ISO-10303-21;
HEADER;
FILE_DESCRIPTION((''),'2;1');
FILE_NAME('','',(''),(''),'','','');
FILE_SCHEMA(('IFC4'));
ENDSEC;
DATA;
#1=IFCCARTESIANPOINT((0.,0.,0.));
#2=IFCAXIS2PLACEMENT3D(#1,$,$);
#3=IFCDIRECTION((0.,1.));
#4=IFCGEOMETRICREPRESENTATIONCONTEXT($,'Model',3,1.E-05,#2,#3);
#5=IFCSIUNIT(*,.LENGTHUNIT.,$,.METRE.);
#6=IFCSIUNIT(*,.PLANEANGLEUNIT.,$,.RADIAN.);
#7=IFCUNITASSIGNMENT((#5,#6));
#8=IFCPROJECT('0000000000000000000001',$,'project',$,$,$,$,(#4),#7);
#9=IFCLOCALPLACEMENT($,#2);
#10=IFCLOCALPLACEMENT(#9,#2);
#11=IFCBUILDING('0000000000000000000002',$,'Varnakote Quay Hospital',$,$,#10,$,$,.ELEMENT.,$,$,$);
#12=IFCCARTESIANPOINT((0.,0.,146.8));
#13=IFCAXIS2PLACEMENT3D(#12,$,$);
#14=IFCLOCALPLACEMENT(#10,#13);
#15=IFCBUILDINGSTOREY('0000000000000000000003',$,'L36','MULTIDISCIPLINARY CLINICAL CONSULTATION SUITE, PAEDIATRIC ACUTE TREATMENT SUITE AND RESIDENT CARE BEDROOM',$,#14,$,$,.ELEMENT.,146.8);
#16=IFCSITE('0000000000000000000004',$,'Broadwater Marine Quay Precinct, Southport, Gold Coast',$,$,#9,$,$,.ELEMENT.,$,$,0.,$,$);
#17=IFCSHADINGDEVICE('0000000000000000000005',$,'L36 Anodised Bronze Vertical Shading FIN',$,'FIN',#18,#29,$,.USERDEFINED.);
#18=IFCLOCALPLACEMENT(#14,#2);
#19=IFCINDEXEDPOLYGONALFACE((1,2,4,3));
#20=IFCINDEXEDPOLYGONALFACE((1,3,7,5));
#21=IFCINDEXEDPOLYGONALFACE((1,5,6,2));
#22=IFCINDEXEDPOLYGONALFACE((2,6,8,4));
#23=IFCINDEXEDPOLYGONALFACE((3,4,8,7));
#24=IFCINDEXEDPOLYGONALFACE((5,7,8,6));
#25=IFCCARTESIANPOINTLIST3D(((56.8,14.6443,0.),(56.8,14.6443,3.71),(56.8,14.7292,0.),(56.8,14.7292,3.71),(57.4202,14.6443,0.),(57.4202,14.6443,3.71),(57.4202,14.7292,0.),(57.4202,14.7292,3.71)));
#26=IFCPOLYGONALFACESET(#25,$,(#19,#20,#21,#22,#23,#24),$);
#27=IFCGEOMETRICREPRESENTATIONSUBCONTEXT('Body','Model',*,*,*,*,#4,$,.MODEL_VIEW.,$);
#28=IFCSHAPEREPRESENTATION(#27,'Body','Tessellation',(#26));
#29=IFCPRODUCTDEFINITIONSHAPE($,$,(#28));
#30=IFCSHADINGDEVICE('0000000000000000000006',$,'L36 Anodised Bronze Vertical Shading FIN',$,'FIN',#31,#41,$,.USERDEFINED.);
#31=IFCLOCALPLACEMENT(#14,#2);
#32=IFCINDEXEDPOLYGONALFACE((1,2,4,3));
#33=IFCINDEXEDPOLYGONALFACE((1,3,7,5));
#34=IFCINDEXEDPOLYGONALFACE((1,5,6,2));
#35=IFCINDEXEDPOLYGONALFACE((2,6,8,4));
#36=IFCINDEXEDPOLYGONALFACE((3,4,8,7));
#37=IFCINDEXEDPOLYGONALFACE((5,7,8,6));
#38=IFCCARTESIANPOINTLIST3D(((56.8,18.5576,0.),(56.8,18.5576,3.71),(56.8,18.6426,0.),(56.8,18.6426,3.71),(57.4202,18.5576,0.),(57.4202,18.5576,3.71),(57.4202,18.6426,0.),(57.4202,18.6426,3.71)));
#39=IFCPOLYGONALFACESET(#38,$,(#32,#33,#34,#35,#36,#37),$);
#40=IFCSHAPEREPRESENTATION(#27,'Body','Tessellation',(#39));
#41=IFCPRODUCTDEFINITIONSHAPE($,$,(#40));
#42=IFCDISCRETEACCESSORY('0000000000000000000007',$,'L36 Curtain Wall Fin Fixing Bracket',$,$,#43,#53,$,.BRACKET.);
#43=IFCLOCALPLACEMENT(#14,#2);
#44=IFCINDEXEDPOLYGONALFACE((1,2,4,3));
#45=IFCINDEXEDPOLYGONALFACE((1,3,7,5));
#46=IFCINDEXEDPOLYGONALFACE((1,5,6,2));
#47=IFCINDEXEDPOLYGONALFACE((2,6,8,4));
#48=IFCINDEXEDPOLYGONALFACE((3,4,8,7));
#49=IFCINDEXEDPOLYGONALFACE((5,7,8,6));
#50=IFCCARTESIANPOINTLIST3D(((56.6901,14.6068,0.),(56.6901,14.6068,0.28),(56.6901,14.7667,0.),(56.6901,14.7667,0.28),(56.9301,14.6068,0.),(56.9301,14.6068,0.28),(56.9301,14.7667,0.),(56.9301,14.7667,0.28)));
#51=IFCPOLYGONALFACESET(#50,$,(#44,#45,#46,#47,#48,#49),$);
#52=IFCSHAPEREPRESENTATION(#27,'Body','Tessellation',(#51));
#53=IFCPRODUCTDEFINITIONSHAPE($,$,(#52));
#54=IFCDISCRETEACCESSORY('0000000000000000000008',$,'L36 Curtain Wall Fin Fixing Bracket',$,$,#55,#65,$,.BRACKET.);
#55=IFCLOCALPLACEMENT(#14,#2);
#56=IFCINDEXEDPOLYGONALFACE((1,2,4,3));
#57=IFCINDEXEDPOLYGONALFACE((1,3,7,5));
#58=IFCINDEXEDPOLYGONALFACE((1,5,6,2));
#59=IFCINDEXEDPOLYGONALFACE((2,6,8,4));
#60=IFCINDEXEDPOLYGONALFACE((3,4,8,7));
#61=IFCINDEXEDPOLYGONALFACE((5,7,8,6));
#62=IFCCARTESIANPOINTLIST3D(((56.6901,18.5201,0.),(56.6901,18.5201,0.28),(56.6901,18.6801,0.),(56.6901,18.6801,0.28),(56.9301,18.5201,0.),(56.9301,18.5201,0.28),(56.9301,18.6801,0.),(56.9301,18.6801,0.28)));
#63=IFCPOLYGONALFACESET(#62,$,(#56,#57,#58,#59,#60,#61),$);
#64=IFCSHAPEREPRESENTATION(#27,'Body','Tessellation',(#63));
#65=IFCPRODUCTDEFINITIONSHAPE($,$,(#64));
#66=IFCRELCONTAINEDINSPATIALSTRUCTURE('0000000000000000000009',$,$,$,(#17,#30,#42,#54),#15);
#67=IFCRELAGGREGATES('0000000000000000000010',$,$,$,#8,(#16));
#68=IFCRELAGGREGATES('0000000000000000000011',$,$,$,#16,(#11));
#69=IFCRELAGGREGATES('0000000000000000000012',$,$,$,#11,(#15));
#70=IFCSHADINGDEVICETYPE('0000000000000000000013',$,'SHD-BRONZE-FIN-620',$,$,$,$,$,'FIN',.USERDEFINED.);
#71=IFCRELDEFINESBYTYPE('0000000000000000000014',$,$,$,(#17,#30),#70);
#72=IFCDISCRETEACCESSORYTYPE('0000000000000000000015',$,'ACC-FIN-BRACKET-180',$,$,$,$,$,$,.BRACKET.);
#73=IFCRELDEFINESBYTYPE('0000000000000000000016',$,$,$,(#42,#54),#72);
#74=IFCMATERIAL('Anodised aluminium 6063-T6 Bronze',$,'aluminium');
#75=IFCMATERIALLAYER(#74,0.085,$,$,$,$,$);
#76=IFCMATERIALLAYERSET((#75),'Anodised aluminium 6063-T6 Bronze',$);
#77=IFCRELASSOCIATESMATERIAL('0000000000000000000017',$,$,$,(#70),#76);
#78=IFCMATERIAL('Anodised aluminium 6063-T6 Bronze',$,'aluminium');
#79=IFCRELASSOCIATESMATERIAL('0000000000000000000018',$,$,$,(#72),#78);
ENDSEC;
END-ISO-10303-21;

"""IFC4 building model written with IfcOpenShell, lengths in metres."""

from ifc_helpers import new_model, si_unit, direction, frame, origin, origin_2d, place, context, subcontext, project, spatial, rectangle, extrude, material, layer, layer_set, type_object, element, save


model = new_model("IFC4")

# Units and contexts
model_context = context("Model", 3, precision=1e-05, world=origin(), true_north=direction((0.0, 1.0)))
body_context = subcontext(model_context, "Body", "Model", "MODEL_VIEW")
ifc_project = project(units=[si_unit("LENGTHUNIT", "METRE"), si_unit("PLANEANGLEUNIT", "RADIAN")], contexts=[model_context])

# Site, building, storey
site_placement = place(None, origin())
site = spatial("IfcSite", under=ifc_project, at=site_placement, Name="Broadwater Marine Quay Precinct, Southport, Gold Coast", CompositionType="ELEMENT", RefElevation=0.0)
building_placement = place(site_placement, origin())
building = spatial("IfcBuilding", under=site, at=building_placement, Name="Varnakote Quay Hospital", CompositionType="ELEMENT")
storey_placement = place(building_placement, frame((0.0, 0.0, 146.8)))
storey = spatial("IfcBuildingStorey", under=building, at=storey_placement, Name="L36", Description="MULTIDISCIPLINARY CLINICAL CONSULTATION SUITE, PAEDIATRIC ACUTE TREATMENT SUITE AND RESIDENT CARE BEDROOM", CompositionType="ELEMENT", Elevation=146.8)

# Shading devices
ifc_material_1 = material(Name="Anodised aluminium 6063-T6 Bronze", Category="aluminium")
ifc_layer_1 = layer(ifc_material_1, 0.085)
ifc_layer_set_1 = layer_set([ifc_layer_1], Name="Anodised aluminium 6063-T6 Bronze")
shading_device_type = type_object("IfcShadingDeviceType", Name="SHD-BRONZE-FIN-620", ElementType="FIN", PredefinedType="USERDEFINED", material=ifc_layer_set_1)
for number, where, z_axis, x_axis, name in (
    (1, (57.1101, 14.6868, 0.0), (0.0, 0.0, 1.0), (-1.0, 0.0, 0.0), "L36 Anodised Bronze Vertical Shading FIN"),
    (2, (57.1101, 18.6001, 0.0), (0.0, 0.0, 1.0), (-1.0, 0.0, 0.0), "L36 Anodised Bronze Vertical Shading FIN"),
):
    element("IfcShadingDevice", number, at=place(storey_placement, frame(where, z_axis=z_axis, x_axis=x_axis)), inside=storey, type_object=shading_device_type, Name=name, ObjectType="FIN", PredefinedType="USERDEFINED", context=body_context, shape_type="SweptSolid", body=[
        extrude(rectangle(XDim=0.6201, YDim=0.085, at=origin_2d()), origin(), (0.0, 0.0, 1.0), 3.71),
    ])

# Discrete accessories
ifc_material_2 = material(Name="Anodised aluminium 6063-T6 Bronze", Category="aluminium")
discrete_accessory_type = type_object("IfcDiscreteAccessoryType", Name="ACC-FIN-BRACKET-180", PredefinedType="BRACKET", material=ifc_material_2)
for number, where, z_axis, x_axis, name in (
    (3, (56.8101, 14.6868, 0.0), (0.0, 0.0, 1.0), (0.0, 1.0, 0.0), "L36 Curtain Wall Fin Fixing Bracket"),
    (4, (56.8101, 18.6001, 0.0), (0.0, 0.0, 1.0), (0.0, 1.0, 0.0), "L36 Curtain Wall Fin Fixing Bracket"),
):
    element("IfcDiscreteAccessory", number, at=place(storey_placement, frame(where, z_axis=z_axis, x_axis=x_axis)), inside=storey, type_object=discrete_accessory_type, Name=name, PredefinedType="BRACKET", context=body_context, shape_type="SweptSolid", body=[
        extrude(rectangle(XDim=0.1599, YDim=0.24, at=origin_2d()), origin(), (0.0, 0.0, 1.0), 0.28),
    ])

save(model, "model.ifc")
